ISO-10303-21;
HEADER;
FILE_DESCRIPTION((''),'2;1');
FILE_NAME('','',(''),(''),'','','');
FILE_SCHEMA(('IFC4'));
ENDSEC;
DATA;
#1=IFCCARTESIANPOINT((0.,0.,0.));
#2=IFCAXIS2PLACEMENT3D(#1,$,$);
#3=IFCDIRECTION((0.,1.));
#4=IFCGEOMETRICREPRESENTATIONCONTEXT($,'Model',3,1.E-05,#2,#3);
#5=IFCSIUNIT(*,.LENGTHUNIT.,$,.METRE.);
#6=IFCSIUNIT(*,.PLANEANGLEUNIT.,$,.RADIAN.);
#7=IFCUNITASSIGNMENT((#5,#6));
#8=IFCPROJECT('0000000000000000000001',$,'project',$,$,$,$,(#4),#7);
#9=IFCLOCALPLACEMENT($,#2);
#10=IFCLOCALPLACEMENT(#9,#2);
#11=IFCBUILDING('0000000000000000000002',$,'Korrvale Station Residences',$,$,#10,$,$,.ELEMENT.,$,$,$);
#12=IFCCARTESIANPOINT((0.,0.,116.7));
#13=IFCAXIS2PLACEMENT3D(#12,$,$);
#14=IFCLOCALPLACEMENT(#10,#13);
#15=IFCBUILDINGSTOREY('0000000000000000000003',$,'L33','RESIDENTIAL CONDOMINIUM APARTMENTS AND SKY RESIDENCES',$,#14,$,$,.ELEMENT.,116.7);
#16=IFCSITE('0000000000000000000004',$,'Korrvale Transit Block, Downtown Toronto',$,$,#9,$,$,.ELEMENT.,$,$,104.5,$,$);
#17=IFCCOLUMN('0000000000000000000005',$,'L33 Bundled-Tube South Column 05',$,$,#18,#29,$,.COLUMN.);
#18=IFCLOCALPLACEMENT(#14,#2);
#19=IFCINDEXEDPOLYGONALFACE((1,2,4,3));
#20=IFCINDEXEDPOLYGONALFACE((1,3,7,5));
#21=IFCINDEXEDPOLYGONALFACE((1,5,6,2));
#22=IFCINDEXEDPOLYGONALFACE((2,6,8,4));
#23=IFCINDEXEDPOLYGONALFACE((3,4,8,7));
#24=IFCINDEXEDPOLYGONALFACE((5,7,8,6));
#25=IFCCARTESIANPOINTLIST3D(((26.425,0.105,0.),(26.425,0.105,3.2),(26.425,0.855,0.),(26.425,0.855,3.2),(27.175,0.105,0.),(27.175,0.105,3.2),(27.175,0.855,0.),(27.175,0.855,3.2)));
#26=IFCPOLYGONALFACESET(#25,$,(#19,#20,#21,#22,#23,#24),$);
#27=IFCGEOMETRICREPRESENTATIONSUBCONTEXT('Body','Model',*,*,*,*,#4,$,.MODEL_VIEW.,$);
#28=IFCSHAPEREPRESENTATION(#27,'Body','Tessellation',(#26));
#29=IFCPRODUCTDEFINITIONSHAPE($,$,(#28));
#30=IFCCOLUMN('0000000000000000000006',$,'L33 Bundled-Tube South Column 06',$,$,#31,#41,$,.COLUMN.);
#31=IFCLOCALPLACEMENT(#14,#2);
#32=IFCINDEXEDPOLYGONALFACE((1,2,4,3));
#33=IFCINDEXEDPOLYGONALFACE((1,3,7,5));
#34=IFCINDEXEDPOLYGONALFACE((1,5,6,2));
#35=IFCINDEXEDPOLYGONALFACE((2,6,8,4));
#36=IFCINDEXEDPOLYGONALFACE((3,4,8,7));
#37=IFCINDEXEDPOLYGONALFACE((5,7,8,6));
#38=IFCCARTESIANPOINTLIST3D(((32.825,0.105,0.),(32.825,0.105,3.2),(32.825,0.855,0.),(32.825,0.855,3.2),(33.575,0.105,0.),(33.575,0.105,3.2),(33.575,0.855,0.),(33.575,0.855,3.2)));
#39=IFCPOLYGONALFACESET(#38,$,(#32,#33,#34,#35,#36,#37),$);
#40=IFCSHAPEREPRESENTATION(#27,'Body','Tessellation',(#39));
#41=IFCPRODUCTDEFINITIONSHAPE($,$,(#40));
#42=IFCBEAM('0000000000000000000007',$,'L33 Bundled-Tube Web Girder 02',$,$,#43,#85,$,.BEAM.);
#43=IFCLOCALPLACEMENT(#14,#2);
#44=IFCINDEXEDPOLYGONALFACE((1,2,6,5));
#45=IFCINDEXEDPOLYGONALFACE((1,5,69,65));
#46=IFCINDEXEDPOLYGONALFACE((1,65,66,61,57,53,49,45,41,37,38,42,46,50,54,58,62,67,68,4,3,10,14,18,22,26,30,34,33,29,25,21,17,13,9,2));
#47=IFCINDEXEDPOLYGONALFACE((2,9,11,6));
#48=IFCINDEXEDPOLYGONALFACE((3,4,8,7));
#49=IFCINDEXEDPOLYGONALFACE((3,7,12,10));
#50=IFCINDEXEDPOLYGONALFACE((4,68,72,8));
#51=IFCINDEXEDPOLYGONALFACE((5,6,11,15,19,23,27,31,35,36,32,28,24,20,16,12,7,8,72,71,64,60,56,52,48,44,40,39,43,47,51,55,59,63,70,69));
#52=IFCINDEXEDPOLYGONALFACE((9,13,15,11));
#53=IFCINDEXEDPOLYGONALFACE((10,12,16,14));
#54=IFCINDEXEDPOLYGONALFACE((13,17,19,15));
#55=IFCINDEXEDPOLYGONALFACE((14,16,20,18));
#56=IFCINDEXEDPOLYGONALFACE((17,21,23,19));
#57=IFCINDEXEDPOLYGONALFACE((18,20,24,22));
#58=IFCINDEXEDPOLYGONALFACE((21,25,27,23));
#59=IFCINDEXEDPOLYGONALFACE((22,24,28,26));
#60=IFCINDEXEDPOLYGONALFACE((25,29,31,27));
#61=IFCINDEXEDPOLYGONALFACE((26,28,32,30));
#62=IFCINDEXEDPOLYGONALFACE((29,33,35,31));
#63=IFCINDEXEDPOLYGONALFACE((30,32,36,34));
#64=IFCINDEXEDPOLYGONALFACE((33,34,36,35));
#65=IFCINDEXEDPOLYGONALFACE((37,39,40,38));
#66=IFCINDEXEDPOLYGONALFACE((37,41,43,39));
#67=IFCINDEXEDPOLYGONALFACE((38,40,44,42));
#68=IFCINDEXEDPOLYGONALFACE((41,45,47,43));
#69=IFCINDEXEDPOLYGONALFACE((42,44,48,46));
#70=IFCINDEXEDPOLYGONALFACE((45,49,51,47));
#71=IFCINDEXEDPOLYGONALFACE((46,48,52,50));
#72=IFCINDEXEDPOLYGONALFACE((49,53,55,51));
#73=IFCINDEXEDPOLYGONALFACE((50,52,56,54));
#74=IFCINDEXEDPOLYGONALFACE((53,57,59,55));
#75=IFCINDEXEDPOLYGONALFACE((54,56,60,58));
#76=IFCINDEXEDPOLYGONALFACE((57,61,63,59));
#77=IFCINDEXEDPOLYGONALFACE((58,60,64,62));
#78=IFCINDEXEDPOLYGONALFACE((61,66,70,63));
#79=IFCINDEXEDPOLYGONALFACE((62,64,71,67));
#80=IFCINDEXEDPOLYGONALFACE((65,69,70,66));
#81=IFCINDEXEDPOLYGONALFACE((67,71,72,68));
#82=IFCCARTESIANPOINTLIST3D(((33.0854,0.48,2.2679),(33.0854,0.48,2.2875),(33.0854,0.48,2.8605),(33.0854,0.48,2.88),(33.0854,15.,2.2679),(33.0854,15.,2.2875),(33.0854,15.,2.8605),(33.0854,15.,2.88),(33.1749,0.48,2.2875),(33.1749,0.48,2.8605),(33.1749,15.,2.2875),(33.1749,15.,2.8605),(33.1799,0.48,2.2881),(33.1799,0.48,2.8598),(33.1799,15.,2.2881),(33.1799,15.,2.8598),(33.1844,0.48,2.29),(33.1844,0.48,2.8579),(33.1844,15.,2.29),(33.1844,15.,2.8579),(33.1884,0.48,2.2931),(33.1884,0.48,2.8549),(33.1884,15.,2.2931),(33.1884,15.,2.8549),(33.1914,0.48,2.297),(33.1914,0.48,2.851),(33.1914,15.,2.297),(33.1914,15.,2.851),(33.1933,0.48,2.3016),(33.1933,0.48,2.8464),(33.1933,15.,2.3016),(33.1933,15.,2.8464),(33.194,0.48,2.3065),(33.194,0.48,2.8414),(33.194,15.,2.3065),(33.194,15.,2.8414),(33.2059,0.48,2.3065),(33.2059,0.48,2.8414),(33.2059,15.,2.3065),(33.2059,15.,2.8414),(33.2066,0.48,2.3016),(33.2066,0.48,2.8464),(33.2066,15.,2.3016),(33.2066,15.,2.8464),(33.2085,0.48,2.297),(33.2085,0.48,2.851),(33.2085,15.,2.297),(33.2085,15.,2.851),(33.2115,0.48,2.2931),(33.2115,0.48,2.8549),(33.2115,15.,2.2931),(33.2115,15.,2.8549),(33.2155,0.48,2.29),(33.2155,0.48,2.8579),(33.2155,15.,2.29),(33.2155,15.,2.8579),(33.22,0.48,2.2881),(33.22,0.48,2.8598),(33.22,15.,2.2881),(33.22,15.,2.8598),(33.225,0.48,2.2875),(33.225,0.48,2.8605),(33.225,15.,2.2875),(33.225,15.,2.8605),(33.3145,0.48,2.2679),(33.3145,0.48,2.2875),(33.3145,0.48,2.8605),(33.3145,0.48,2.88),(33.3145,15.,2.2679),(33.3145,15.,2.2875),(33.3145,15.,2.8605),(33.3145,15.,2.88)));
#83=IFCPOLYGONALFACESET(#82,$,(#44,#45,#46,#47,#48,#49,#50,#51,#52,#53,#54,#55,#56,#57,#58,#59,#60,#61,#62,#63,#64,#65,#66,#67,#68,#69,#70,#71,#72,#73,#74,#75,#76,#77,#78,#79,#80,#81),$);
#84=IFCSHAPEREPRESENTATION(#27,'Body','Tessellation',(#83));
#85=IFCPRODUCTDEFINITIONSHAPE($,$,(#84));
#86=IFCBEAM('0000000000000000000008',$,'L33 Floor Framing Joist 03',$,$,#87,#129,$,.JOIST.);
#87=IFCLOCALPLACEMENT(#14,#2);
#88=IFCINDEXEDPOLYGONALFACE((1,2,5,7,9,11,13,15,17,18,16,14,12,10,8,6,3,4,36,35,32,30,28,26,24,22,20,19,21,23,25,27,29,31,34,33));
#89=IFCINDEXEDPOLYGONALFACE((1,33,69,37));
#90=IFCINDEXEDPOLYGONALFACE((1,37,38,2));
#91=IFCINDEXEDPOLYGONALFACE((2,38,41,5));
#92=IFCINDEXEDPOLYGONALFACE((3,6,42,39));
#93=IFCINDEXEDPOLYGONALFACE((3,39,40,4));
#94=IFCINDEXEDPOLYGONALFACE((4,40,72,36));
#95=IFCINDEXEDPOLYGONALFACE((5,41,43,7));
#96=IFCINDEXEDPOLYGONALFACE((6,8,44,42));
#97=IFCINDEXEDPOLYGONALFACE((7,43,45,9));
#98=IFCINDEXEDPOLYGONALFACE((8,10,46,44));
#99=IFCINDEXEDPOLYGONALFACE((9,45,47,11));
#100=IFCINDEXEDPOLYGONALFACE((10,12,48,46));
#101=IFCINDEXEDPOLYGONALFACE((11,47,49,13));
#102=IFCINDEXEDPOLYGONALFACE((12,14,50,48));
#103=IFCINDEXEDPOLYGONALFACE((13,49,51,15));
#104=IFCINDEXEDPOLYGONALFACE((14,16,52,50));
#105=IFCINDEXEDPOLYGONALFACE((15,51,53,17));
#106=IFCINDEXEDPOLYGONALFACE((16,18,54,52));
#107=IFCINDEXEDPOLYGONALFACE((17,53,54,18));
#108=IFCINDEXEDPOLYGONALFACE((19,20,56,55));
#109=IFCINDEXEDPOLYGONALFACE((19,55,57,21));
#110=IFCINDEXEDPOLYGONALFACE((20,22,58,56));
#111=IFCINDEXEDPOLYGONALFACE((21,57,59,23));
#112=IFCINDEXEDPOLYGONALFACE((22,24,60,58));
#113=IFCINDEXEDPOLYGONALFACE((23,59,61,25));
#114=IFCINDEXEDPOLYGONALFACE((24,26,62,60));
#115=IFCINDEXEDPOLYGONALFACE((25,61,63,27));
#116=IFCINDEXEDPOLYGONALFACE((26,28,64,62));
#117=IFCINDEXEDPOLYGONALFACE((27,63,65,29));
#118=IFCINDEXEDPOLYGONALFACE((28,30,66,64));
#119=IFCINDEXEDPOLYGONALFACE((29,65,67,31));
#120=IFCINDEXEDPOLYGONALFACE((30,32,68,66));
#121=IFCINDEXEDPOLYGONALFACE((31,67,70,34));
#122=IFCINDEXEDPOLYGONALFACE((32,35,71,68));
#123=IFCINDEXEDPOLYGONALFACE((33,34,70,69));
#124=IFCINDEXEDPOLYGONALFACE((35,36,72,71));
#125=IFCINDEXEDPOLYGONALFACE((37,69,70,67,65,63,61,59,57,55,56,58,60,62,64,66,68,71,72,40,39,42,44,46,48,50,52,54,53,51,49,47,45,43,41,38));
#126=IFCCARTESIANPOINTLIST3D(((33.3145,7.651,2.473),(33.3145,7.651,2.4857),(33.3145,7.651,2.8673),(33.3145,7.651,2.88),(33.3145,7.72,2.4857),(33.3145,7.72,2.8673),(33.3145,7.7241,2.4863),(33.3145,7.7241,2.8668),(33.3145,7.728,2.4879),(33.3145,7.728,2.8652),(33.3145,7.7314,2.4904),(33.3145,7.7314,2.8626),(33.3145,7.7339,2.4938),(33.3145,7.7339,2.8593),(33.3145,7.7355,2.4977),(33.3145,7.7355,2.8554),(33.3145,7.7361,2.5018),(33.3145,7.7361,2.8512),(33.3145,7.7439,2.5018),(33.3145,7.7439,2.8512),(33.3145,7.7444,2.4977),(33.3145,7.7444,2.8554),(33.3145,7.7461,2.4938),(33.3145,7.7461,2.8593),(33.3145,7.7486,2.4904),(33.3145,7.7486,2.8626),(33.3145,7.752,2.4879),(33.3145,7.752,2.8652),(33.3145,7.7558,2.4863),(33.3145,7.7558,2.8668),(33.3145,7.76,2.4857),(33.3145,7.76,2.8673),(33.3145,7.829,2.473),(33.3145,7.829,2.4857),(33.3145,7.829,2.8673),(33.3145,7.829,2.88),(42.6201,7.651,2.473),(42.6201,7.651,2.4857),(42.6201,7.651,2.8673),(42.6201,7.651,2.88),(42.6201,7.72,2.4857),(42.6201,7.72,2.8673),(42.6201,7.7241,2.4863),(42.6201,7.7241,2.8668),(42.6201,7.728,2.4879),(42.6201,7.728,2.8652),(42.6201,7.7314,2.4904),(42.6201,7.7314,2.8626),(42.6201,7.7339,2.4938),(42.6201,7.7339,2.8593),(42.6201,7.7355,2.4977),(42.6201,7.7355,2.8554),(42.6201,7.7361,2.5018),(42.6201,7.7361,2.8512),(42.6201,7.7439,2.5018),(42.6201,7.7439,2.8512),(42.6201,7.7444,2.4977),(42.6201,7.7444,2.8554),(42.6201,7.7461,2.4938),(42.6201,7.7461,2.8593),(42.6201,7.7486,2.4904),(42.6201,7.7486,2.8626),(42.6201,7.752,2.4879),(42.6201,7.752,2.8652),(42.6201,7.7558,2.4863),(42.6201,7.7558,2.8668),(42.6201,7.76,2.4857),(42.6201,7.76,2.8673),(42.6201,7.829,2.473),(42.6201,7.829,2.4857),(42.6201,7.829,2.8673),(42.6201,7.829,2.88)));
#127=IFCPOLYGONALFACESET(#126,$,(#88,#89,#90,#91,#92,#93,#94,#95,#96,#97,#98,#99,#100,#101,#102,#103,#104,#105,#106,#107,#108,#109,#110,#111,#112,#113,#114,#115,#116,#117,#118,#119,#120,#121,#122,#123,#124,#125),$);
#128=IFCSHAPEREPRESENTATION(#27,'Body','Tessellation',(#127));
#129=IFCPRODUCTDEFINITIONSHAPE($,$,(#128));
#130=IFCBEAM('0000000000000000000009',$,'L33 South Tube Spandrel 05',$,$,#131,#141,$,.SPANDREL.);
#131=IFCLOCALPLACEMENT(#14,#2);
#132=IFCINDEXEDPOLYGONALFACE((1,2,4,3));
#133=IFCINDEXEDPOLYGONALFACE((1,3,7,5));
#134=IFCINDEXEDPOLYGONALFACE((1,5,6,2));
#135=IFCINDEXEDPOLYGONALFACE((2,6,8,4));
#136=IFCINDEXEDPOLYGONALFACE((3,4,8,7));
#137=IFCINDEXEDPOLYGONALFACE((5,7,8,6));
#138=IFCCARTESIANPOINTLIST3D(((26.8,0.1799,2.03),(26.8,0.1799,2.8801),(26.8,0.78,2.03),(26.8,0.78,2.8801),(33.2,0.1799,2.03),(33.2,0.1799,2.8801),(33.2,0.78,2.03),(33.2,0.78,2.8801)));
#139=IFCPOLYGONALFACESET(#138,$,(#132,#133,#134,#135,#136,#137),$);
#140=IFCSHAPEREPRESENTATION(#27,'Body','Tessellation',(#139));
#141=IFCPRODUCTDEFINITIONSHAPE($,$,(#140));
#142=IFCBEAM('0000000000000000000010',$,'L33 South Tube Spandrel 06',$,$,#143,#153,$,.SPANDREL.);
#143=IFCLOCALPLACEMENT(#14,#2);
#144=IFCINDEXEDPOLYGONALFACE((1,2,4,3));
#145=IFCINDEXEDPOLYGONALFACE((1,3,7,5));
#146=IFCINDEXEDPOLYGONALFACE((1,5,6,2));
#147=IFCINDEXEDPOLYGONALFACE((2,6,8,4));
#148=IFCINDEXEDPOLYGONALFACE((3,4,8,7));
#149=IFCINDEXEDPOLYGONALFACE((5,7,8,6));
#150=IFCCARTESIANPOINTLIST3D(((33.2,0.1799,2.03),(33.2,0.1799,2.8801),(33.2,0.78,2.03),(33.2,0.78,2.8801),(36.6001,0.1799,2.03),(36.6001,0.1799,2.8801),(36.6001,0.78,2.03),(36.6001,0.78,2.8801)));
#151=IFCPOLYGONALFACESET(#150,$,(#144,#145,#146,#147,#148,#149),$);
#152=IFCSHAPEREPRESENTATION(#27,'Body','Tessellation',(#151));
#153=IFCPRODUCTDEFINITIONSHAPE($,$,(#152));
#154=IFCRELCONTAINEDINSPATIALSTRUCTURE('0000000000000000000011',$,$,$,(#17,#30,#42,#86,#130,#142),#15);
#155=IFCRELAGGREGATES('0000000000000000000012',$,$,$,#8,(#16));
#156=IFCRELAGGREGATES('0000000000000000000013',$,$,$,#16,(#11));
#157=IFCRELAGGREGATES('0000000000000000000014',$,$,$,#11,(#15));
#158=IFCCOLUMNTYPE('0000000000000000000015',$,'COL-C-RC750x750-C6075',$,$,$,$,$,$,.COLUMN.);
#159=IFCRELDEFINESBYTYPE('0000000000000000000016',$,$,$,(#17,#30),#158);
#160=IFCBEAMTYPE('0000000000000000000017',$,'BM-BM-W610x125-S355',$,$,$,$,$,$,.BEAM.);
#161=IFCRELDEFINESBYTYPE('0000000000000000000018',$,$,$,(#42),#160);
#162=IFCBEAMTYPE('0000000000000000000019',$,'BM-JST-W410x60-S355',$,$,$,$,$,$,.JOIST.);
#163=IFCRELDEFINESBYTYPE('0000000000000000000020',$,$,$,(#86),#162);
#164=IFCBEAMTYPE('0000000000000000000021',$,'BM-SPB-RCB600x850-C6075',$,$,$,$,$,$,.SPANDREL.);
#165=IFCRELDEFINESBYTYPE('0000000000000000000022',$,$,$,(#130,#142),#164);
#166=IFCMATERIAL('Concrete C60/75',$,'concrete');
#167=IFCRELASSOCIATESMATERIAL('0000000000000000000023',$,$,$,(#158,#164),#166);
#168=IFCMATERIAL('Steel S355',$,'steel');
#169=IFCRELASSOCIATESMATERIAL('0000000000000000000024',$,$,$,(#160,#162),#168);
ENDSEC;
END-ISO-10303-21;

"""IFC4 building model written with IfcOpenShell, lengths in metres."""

from ifc_helpers import new_model, si_unit, direction, frame, origin, origin_2d, place, context, subcontext, project, spatial, rectangle, i_section, extrude, material, material_profile, profile_set, type_object, element, save


model = new_model("IFC4")

# Units and contexts
model_context = context("Model", 3, precision=1e-05, world=origin(), true_north=direction((0.0, 1.0)))
body_context = subcontext(model_context, "Body", "Model", "MODEL_VIEW")
ifc_project = project(units=[si_unit("LENGTHUNIT", "METRE"), si_unit("PLANEANGLEUNIT", "RADIAN")], contexts=[model_context])

# Site, building, storey
site_placement = place(None, origin())
site = spatial("IfcSite", under=ifc_project, at=site_placement, Name="Korrvale Transit Block, Downtown Toronto", CompositionType="ELEMENT", RefElevation=104.5)
building_placement = place(site_placement, origin())
building = spatial("IfcBuilding", under=site, at=building_placement, Name="Korrvale Station Residences", CompositionType="ELEMENT")
storey_placement = place(building_placement, frame((0.0, 0.0, 116.7)))
storey = spatial("IfcBuildingStorey", under=building, at=storey_placement, Name="L33", Description="RESIDENTIAL CONDOMINIUM APARTMENTS AND SKY RESIDENCES", CompositionType="ELEMENT", Elevation=116.7)

# Columns
ifc_material_1 = material(Name="Concrete C60/75", Category="concrete")
ifc_material_profile_1 = material_profile(ifc_material_1, rectangle(XDim=0.75, YDim=0.75, at=origin_2d()), Name="RC750x750")
ifc_profile_set_1 = profile_set([ifc_material_profile_1], Name="Concrete C60/75")
column_type = type_object("IfcColumnType", Name="COL-C-RC750x750-C6075", PredefinedType="COLUMN", material=ifc_profile_set_1)
for number, where, z_axis, x_axis, name in (
    (1, (26.8, 0.48, 0.0), (0.0, 0.0, 1.0), (1.0, 0.0, 0.0), "L33 Bundled-Tube South Column 05"),
    (2, (33.2, 0.48, 0.0), (0.0, 0.0, 1.0), (1.0, 0.0, 0.0), "L33 Bundled-Tube South Column 06"),
):
    element("IfcColumn", number, at=place(storey_placement, frame(where, z_axis=z_axis, x_axis=x_axis)), inside=storey, type_object=column_type, Name=name, PredefinedType="COLUMN", context=body_context, shape_type="SweptSolid", body=[
        extrude(rectangle(XDim=0.75, YDim=0.75, at=origin_2d()), origin(), (0.0, 0.0, 1.0), 3.2),
    ])

# Beams
ifc_material_2 = material(Name="Steel S355", Category="steel")
ifc_material_profile_2 = material_profile(ifc_material_2, i_section(OverallWidth=0.229, OverallDepth=0.6121, WebThickness=0.012, FlangeThickness=0.0195, FilletRadius=0.019, at=origin_2d()), Name="W610x125")
ifc_profile_set_2 = profile_set([ifc_material_profile_2], Name="Steel S355")
beam_type_1 = type_object("IfcBeamType", Name="BM-BM-W610x125-S355", PredefinedType="BEAM", material=ifc_profile_set_2)
beam_1_placement = place(storey_placement, frame((33.2, 0.48, 2.574), z_axis=(0.0, 1.0, 0.0), x_axis=(-1.0, 0.0, 0.0)))
element("IfcBeam", 3, at=beam_1_placement, inside=storey, type_object=beam_type_1, Name="L33 Bundled-Tube Web Girder 02", PredefinedType="BEAM", context=body_context, shape_type="SweptSolid", body=[
    extrude(i_section(OverallWidth=0.229, OverallDepth=0.6121, WebThickness=0.012, FlangeThickness=0.0195, FilletRadius=0.019, at=origin_2d()), origin(), (0.0, 0.0, 1.0), 14.52),
])
ifc_material_profile_3 = material_profile(ifc_material_2, i_section(OverallWidth=0.178, OverallDepth=0.407, WebThickness=0.0078, FlangeThickness=0.0127, FilletRadius=0.0161, at=origin_2d()), Name="W410x60")
ifc_profile_set_3 = profile_set([ifc_material_profile_3], Name="Steel S355")
beam_type_2 = type_object("IfcBeamType", Name="BM-JST-W410x60-S355", PredefinedType="JOIST", material=ifc_profile_set_3)
beam_2_placement = place(storey_placement, frame((33.3145, 7.74, 2.6765), z_axis=(1.0, 0.0, 0.0), x_axis=(0.0, 1.0, 0.0)))
element("IfcBeam", 4, at=beam_2_placement, inside=storey, type_object=beam_type_2, Name="L33 Floor Framing Joist 03", PredefinedType="JOIST", context=body_context, shape_type="SweptSolid", body=[
    extrude(i_section(OverallWidth=0.178, OverallDepth=0.407, WebThickness=0.0078, FlangeThickness=0.0127, FilletRadius=0.0161, at=origin_2d()), origin(), (0.0, 0.0, 1.0), 9.3057),
])
ifc_material_profile_4 = material_profile(ifc_material_1, rectangle(XDim=0.6001, YDim=0.8501, at=origin_2d()), Name="RCB600x850")
ifc_profile_set_4 = profile_set([ifc_material_profile_4], Name="Concrete C60/75")
beam_type_3 = type_object("IfcBeamType", Name="BM-SPB-RCB600x850-C6075", PredefinedType="SPANDREL", material=ifc_profile_set_4)
beam_3_placement = place(storey_placement, frame((26.8, 0.48, 2.4551), z_axis=(1.0, 0.0, 0.0), x_axis=(0.0, 1.0, 0.0)))
element("IfcBeam", 5, at=beam_3_placement, inside=storey, type_object=beam_type_3, Name="L33 South Tube Spandrel 05", PredefinedType="SPANDREL", context=body_context, shape_type="SweptSolid", body=[
    extrude(rectangle(XDim=0.6001, YDim=0.8501, at=origin_2d()), origin(), (0.0, 0.0, 1.0), 6.3999),
])
beam_4_placement = place(storey_placement, frame((33.2, 0.48, 2.4551), z_axis=(1.0, 0.0, 0.0), x_axis=(0.0, 1.0, 0.0)))
element("IfcBeam", 6, at=beam_4_placement, inside=storey, type_object=beam_type_3, Name="L33 South Tube Spandrel 06", PredefinedType="SPANDREL", context=body_context, shape_type="SweptSolid", body=[
    extrude(rectangle(XDim=0.6001, YDim=0.8501, at=origin_2d()), origin(), (0.0, 0.0, 1.0), 3.4001),
])

save(model, "model.ifc")
